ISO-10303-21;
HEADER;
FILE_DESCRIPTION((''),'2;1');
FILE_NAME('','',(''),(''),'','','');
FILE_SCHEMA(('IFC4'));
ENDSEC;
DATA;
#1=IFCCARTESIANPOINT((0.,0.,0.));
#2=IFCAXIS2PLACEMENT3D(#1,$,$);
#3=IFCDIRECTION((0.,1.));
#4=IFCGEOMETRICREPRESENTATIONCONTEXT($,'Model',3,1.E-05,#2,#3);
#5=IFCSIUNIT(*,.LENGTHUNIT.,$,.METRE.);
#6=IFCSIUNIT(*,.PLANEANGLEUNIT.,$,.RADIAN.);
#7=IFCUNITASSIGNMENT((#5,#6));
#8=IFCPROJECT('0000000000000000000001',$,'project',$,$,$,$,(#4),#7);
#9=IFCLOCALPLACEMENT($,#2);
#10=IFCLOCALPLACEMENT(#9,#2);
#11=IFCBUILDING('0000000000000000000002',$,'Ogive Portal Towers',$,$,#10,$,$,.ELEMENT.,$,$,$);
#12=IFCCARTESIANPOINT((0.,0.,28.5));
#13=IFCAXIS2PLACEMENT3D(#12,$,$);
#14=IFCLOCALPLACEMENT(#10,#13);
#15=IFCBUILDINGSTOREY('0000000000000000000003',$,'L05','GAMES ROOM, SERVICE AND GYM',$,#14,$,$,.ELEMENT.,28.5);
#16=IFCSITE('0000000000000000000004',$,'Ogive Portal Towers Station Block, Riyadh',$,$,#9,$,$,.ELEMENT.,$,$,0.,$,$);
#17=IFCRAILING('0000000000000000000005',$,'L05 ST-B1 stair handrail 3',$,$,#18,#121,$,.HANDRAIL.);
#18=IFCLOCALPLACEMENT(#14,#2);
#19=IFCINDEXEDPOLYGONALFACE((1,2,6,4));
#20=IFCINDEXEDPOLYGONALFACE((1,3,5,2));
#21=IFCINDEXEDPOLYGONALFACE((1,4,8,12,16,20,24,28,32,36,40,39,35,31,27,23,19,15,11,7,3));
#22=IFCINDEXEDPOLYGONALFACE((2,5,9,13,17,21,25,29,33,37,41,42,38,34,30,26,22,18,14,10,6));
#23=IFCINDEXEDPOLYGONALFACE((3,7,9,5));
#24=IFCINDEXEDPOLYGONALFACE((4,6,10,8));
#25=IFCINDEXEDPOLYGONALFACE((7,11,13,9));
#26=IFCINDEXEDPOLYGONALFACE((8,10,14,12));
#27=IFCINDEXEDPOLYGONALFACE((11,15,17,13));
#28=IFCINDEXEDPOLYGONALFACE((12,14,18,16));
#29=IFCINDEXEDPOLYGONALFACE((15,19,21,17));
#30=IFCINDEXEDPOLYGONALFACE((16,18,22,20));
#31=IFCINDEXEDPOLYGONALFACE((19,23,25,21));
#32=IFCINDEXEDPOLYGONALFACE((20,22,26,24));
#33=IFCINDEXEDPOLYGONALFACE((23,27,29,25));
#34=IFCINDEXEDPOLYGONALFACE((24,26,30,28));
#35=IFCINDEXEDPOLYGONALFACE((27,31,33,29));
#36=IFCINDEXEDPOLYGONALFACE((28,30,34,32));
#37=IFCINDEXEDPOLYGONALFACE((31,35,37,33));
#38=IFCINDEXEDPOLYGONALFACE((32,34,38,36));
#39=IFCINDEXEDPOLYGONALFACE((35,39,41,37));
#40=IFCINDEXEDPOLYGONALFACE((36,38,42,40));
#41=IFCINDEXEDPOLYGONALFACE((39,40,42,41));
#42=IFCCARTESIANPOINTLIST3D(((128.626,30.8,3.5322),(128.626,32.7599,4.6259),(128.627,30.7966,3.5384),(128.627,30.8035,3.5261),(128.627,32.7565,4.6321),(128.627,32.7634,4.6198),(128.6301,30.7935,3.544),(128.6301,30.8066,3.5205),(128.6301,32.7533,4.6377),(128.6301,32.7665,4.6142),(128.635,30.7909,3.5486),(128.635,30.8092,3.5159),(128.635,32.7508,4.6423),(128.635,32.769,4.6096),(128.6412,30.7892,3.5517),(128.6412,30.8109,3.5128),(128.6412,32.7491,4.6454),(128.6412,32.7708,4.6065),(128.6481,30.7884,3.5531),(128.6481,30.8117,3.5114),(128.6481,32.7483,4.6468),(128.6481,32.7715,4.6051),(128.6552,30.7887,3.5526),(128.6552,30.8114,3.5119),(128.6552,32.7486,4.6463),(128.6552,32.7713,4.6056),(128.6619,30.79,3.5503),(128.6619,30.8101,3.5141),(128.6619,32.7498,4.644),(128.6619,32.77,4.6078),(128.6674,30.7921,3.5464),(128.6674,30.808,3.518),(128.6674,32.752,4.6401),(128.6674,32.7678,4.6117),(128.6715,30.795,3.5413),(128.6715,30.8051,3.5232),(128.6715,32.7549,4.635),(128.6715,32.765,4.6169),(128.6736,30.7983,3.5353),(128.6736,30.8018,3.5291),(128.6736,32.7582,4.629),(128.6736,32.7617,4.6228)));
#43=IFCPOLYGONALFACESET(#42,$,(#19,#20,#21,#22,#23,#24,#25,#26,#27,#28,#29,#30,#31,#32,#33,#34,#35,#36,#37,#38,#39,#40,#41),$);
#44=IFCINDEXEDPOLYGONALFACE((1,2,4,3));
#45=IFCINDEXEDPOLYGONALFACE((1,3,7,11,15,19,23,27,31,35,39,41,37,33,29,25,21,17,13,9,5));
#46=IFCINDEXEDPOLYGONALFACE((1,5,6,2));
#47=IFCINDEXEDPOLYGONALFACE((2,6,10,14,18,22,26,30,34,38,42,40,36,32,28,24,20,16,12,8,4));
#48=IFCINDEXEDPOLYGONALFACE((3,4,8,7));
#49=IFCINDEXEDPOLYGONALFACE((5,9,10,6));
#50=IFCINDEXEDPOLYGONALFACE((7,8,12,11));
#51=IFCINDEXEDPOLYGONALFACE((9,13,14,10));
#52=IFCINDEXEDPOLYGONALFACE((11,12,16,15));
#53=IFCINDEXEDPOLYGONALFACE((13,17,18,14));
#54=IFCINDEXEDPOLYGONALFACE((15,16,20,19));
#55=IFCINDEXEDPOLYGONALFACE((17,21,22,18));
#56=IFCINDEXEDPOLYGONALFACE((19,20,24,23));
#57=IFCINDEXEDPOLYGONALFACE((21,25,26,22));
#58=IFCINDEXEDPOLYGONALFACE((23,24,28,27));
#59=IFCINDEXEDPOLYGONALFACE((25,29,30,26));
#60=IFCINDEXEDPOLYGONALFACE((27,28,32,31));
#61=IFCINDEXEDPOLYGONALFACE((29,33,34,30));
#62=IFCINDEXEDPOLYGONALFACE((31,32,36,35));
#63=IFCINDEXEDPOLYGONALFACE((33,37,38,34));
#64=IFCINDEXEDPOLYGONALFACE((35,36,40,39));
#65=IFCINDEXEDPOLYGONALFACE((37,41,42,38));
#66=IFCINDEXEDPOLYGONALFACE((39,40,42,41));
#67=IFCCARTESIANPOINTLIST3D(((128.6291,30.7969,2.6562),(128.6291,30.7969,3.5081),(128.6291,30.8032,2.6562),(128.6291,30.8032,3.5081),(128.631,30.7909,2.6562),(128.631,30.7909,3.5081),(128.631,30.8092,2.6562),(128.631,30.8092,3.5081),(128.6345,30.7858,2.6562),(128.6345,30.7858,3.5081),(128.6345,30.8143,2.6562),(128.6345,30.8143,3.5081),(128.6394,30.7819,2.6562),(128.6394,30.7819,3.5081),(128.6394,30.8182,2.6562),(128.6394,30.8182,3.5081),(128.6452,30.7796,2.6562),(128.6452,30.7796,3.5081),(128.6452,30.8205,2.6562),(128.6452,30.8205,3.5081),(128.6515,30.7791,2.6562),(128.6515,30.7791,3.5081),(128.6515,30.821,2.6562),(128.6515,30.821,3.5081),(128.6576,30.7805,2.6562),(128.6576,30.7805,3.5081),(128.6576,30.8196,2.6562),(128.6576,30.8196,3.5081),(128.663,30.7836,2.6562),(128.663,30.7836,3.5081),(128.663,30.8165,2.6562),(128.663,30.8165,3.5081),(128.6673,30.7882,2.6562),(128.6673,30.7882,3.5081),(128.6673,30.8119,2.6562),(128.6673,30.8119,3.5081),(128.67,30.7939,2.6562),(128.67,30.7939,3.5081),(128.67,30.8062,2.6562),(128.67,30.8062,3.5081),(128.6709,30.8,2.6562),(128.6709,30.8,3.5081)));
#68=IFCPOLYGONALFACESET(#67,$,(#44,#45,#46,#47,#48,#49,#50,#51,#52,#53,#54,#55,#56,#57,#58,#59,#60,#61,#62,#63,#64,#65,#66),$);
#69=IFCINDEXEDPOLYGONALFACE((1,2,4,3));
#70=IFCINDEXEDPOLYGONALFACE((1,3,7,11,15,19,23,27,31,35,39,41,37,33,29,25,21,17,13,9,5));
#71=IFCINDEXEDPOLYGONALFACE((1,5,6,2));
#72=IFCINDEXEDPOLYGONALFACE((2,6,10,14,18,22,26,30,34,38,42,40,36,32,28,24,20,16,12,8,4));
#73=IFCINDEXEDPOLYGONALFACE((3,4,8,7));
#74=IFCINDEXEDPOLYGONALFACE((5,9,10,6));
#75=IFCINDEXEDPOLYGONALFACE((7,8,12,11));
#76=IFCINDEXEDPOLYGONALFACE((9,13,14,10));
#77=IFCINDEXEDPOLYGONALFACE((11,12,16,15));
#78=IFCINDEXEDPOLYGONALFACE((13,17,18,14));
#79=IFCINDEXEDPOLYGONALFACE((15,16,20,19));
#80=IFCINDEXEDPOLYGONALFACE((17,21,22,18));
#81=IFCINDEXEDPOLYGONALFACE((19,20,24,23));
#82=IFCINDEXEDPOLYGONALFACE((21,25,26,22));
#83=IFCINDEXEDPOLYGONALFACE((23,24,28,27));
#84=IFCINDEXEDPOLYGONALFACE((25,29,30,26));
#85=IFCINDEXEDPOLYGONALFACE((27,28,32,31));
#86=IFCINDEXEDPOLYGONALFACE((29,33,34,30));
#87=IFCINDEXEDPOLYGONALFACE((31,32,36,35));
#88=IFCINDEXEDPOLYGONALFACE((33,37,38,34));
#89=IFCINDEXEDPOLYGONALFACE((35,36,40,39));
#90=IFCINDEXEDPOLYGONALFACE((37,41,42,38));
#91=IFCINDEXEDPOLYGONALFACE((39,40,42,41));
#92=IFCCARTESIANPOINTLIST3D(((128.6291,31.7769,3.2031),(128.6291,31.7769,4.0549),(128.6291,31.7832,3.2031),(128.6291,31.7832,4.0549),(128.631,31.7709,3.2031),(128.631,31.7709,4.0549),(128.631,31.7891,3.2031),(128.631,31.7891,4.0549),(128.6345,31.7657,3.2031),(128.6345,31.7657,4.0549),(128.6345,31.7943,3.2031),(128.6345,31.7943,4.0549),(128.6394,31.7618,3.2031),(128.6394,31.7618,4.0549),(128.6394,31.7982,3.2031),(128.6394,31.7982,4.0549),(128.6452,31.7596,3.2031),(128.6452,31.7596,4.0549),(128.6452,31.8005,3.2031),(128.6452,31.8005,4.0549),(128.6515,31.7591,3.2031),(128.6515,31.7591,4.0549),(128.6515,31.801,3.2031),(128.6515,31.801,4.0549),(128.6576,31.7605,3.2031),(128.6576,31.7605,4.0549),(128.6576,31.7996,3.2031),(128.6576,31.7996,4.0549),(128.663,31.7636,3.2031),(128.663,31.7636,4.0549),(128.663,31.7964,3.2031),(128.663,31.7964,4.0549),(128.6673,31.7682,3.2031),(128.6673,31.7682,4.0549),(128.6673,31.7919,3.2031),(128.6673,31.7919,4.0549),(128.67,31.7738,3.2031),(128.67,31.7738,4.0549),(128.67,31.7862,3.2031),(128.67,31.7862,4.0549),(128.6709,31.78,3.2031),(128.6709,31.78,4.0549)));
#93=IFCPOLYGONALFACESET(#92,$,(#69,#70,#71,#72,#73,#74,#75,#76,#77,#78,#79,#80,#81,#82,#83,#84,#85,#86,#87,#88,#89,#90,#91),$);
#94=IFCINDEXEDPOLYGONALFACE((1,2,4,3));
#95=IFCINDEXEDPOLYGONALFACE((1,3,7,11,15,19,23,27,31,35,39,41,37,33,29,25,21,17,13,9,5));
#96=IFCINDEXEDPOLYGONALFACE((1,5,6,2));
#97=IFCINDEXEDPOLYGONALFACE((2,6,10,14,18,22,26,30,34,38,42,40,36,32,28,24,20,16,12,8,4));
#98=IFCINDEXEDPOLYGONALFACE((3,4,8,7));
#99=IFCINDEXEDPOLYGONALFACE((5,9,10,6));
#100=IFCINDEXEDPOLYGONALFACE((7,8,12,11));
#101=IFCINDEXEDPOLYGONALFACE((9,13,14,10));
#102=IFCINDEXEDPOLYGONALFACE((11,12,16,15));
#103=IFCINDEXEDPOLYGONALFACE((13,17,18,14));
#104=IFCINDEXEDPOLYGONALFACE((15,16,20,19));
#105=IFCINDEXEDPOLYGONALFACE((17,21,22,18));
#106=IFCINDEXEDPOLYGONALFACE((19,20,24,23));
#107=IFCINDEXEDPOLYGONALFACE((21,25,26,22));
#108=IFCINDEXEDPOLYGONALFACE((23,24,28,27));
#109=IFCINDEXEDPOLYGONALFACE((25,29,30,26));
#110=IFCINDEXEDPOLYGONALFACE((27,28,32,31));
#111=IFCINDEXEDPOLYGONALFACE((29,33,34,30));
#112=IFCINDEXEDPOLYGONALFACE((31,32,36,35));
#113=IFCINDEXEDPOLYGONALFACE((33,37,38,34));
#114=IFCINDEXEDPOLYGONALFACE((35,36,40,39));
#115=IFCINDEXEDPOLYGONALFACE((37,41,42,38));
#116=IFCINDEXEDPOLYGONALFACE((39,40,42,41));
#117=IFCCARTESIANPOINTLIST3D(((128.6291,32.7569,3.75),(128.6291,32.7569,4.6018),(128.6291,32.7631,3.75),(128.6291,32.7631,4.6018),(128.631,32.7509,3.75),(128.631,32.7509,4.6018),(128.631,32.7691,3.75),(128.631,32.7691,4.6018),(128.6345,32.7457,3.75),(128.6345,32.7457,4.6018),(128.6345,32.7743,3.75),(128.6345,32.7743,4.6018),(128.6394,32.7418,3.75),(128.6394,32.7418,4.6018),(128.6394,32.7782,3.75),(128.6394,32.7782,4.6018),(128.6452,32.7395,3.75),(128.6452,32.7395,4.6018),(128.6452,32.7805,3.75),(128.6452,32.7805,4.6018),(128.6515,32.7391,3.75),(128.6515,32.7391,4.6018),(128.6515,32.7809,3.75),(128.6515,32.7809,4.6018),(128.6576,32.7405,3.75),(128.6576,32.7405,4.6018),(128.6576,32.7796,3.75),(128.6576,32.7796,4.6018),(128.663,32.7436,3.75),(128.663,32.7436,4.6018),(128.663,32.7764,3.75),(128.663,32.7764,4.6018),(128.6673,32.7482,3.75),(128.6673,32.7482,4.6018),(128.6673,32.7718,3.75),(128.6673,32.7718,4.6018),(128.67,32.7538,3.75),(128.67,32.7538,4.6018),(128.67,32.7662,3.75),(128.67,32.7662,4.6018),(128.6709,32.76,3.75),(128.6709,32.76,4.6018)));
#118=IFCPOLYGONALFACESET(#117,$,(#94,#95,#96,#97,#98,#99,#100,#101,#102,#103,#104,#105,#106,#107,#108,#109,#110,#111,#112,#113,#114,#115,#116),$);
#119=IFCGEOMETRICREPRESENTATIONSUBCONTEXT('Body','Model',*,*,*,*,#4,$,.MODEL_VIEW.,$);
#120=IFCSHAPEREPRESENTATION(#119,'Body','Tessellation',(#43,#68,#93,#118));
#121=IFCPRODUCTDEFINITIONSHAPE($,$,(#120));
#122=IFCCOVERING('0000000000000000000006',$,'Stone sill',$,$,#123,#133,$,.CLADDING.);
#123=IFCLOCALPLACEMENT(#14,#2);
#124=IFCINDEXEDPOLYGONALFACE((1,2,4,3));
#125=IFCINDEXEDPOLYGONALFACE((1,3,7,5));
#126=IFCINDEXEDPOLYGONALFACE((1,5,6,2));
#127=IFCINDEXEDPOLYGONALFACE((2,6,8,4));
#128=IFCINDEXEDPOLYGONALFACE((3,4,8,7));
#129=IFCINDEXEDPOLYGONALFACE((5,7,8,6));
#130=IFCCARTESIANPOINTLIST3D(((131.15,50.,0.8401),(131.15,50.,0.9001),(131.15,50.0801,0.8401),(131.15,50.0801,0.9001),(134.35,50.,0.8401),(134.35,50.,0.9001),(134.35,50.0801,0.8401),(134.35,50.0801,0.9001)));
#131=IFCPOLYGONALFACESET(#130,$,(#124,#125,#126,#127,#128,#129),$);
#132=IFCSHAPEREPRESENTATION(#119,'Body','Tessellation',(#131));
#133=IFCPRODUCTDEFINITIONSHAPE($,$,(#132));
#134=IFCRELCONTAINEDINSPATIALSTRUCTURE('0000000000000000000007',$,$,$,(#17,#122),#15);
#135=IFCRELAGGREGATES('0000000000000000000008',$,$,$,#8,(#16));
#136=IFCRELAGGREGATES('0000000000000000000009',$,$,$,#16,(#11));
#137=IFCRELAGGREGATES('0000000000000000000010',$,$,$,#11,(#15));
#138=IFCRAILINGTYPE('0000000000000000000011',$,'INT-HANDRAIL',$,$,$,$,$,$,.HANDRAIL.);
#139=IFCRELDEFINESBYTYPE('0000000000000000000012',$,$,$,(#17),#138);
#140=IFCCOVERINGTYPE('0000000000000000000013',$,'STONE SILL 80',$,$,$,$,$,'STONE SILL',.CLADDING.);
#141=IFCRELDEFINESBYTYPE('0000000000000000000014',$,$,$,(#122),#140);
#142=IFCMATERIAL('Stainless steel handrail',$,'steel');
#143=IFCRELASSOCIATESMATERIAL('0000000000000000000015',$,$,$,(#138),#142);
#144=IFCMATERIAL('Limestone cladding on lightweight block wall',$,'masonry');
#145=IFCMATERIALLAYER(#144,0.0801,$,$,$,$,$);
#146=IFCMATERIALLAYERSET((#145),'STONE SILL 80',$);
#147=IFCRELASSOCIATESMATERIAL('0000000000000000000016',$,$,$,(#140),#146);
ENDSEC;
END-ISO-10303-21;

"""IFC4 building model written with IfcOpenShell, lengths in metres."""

from ifc_helpers import new_model, si_unit, direction, frame, origin, origin_2d, place, context, subcontext, project, spatial, rectangle, circle, extrude, material, layer, layer_set, type_object, element, save


model = new_model("IFC4")

# Units and contexts
model_context = context("Model", 3, precision=1e-05, world=origin(), true_north=direction((0.0, 1.0)))
body_context = subcontext(model_context, "Body", "Model", "MODEL_VIEW")
ifc_project = project(units=[si_unit("LENGTHUNIT", "METRE"), si_unit("PLANEANGLEUNIT", "RADIAN")], contexts=[model_context])

# Site, building, storey
site_placement = place(None, origin())
site = spatial("IfcSite", under=ifc_project, at=site_placement, Name="Ogive Portal Towers Station Block, Riyadh", CompositionType="ELEMENT", RefElevation=0.0)
building_placement = place(site_placement, origin())
building = spatial("IfcBuilding", under=site, at=building_placement, Name="Ogive Portal Towers", CompositionType="ELEMENT")
storey_placement = place(building_placement, frame((0.0, 0.0, 28.5)))
storey = spatial("IfcBuildingStorey", under=building, at=storey_placement, Name="L05", Description="GAMES ROOM, SERVICE AND GYM", CompositionType="ELEMENT", Elevation=28.5)

# Railing
ifc_material_1 = material(Name="Stainless steel handrail", Category="steel")
railing_type = type_object("IfcRailingType", Name="INT-HANDRAIL", PredefinedType="HANDRAIL", material=ifc_material_1)
railing_placement = place(storey_placement, frame((128.6499, 30.8, 2.6562)))
element("IfcRailing", 1, at=railing_placement, inside=storey, type_object=railing_type, Name="L05 ST-B1 stair handrail 3", PredefinedType="HANDRAIL", context=body_context, shape_type="SweptSolid", body=[
    extrude(circle(Radius=0.0239, at=origin_2d()), frame((0.0, 0.0, 0.876), z_axis=(0.0, 0.873232, 0.487304), x_axis=(-1.0, 0.0, 0.0)), (0.0, 0.0, 1.0), 2.2444),
    extrude(circle(Radius=0.021, at=origin_2d()), origin(), (0.0, 0.0, 1.0), 0.8518),
    extrude(circle(Radius=0.021, at=origin_2d()), frame((0.0, 0.98, 0.5469)), (0.0, 0.0, 1.0), 0.8518),
    extrude(circle(Radius=0.021, at=origin_2d()), frame((0.0, 1.96, 1.0938)), (0.0, 0.0, 1.0), 0.8518),
])

# Covering
ifc_material_2 = material(Name="Limestone cladding on lightweight block wall", Category="masonry")
ifc_layer_1 = layer(ifc_material_2, 0.0801)
ifc_layer_set_1 = layer_set([ifc_layer_1], Name="STONE SILL 80")
covering_type = type_object("IfcCoveringType", Name="STONE SILL 80", ElementType="STONE SILL", PredefinedType="CLADDING", material=ifc_layer_set_1)
covering_placement = place(storey_placement, frame((132.75, 50.04, 0.8401), z_axis=(0.0, 0.0, 1.0), x_axis=(-1.0, 0.0, 0.0)))
element("IfcCovering", 2, at=covering_placement, inside=storey, type_object=covering_type, Name="Stone sill", PredefinedType="CLADDING", context=body_context, shape_type="SweptSolid", body=[
    extrude(rectangle(XDim=3.2, YDim=0.0801, at=origin_2d()), origin(), (0.0, 0.0, 1.0), 0.0601),
])

save(model, "model.ifc")
